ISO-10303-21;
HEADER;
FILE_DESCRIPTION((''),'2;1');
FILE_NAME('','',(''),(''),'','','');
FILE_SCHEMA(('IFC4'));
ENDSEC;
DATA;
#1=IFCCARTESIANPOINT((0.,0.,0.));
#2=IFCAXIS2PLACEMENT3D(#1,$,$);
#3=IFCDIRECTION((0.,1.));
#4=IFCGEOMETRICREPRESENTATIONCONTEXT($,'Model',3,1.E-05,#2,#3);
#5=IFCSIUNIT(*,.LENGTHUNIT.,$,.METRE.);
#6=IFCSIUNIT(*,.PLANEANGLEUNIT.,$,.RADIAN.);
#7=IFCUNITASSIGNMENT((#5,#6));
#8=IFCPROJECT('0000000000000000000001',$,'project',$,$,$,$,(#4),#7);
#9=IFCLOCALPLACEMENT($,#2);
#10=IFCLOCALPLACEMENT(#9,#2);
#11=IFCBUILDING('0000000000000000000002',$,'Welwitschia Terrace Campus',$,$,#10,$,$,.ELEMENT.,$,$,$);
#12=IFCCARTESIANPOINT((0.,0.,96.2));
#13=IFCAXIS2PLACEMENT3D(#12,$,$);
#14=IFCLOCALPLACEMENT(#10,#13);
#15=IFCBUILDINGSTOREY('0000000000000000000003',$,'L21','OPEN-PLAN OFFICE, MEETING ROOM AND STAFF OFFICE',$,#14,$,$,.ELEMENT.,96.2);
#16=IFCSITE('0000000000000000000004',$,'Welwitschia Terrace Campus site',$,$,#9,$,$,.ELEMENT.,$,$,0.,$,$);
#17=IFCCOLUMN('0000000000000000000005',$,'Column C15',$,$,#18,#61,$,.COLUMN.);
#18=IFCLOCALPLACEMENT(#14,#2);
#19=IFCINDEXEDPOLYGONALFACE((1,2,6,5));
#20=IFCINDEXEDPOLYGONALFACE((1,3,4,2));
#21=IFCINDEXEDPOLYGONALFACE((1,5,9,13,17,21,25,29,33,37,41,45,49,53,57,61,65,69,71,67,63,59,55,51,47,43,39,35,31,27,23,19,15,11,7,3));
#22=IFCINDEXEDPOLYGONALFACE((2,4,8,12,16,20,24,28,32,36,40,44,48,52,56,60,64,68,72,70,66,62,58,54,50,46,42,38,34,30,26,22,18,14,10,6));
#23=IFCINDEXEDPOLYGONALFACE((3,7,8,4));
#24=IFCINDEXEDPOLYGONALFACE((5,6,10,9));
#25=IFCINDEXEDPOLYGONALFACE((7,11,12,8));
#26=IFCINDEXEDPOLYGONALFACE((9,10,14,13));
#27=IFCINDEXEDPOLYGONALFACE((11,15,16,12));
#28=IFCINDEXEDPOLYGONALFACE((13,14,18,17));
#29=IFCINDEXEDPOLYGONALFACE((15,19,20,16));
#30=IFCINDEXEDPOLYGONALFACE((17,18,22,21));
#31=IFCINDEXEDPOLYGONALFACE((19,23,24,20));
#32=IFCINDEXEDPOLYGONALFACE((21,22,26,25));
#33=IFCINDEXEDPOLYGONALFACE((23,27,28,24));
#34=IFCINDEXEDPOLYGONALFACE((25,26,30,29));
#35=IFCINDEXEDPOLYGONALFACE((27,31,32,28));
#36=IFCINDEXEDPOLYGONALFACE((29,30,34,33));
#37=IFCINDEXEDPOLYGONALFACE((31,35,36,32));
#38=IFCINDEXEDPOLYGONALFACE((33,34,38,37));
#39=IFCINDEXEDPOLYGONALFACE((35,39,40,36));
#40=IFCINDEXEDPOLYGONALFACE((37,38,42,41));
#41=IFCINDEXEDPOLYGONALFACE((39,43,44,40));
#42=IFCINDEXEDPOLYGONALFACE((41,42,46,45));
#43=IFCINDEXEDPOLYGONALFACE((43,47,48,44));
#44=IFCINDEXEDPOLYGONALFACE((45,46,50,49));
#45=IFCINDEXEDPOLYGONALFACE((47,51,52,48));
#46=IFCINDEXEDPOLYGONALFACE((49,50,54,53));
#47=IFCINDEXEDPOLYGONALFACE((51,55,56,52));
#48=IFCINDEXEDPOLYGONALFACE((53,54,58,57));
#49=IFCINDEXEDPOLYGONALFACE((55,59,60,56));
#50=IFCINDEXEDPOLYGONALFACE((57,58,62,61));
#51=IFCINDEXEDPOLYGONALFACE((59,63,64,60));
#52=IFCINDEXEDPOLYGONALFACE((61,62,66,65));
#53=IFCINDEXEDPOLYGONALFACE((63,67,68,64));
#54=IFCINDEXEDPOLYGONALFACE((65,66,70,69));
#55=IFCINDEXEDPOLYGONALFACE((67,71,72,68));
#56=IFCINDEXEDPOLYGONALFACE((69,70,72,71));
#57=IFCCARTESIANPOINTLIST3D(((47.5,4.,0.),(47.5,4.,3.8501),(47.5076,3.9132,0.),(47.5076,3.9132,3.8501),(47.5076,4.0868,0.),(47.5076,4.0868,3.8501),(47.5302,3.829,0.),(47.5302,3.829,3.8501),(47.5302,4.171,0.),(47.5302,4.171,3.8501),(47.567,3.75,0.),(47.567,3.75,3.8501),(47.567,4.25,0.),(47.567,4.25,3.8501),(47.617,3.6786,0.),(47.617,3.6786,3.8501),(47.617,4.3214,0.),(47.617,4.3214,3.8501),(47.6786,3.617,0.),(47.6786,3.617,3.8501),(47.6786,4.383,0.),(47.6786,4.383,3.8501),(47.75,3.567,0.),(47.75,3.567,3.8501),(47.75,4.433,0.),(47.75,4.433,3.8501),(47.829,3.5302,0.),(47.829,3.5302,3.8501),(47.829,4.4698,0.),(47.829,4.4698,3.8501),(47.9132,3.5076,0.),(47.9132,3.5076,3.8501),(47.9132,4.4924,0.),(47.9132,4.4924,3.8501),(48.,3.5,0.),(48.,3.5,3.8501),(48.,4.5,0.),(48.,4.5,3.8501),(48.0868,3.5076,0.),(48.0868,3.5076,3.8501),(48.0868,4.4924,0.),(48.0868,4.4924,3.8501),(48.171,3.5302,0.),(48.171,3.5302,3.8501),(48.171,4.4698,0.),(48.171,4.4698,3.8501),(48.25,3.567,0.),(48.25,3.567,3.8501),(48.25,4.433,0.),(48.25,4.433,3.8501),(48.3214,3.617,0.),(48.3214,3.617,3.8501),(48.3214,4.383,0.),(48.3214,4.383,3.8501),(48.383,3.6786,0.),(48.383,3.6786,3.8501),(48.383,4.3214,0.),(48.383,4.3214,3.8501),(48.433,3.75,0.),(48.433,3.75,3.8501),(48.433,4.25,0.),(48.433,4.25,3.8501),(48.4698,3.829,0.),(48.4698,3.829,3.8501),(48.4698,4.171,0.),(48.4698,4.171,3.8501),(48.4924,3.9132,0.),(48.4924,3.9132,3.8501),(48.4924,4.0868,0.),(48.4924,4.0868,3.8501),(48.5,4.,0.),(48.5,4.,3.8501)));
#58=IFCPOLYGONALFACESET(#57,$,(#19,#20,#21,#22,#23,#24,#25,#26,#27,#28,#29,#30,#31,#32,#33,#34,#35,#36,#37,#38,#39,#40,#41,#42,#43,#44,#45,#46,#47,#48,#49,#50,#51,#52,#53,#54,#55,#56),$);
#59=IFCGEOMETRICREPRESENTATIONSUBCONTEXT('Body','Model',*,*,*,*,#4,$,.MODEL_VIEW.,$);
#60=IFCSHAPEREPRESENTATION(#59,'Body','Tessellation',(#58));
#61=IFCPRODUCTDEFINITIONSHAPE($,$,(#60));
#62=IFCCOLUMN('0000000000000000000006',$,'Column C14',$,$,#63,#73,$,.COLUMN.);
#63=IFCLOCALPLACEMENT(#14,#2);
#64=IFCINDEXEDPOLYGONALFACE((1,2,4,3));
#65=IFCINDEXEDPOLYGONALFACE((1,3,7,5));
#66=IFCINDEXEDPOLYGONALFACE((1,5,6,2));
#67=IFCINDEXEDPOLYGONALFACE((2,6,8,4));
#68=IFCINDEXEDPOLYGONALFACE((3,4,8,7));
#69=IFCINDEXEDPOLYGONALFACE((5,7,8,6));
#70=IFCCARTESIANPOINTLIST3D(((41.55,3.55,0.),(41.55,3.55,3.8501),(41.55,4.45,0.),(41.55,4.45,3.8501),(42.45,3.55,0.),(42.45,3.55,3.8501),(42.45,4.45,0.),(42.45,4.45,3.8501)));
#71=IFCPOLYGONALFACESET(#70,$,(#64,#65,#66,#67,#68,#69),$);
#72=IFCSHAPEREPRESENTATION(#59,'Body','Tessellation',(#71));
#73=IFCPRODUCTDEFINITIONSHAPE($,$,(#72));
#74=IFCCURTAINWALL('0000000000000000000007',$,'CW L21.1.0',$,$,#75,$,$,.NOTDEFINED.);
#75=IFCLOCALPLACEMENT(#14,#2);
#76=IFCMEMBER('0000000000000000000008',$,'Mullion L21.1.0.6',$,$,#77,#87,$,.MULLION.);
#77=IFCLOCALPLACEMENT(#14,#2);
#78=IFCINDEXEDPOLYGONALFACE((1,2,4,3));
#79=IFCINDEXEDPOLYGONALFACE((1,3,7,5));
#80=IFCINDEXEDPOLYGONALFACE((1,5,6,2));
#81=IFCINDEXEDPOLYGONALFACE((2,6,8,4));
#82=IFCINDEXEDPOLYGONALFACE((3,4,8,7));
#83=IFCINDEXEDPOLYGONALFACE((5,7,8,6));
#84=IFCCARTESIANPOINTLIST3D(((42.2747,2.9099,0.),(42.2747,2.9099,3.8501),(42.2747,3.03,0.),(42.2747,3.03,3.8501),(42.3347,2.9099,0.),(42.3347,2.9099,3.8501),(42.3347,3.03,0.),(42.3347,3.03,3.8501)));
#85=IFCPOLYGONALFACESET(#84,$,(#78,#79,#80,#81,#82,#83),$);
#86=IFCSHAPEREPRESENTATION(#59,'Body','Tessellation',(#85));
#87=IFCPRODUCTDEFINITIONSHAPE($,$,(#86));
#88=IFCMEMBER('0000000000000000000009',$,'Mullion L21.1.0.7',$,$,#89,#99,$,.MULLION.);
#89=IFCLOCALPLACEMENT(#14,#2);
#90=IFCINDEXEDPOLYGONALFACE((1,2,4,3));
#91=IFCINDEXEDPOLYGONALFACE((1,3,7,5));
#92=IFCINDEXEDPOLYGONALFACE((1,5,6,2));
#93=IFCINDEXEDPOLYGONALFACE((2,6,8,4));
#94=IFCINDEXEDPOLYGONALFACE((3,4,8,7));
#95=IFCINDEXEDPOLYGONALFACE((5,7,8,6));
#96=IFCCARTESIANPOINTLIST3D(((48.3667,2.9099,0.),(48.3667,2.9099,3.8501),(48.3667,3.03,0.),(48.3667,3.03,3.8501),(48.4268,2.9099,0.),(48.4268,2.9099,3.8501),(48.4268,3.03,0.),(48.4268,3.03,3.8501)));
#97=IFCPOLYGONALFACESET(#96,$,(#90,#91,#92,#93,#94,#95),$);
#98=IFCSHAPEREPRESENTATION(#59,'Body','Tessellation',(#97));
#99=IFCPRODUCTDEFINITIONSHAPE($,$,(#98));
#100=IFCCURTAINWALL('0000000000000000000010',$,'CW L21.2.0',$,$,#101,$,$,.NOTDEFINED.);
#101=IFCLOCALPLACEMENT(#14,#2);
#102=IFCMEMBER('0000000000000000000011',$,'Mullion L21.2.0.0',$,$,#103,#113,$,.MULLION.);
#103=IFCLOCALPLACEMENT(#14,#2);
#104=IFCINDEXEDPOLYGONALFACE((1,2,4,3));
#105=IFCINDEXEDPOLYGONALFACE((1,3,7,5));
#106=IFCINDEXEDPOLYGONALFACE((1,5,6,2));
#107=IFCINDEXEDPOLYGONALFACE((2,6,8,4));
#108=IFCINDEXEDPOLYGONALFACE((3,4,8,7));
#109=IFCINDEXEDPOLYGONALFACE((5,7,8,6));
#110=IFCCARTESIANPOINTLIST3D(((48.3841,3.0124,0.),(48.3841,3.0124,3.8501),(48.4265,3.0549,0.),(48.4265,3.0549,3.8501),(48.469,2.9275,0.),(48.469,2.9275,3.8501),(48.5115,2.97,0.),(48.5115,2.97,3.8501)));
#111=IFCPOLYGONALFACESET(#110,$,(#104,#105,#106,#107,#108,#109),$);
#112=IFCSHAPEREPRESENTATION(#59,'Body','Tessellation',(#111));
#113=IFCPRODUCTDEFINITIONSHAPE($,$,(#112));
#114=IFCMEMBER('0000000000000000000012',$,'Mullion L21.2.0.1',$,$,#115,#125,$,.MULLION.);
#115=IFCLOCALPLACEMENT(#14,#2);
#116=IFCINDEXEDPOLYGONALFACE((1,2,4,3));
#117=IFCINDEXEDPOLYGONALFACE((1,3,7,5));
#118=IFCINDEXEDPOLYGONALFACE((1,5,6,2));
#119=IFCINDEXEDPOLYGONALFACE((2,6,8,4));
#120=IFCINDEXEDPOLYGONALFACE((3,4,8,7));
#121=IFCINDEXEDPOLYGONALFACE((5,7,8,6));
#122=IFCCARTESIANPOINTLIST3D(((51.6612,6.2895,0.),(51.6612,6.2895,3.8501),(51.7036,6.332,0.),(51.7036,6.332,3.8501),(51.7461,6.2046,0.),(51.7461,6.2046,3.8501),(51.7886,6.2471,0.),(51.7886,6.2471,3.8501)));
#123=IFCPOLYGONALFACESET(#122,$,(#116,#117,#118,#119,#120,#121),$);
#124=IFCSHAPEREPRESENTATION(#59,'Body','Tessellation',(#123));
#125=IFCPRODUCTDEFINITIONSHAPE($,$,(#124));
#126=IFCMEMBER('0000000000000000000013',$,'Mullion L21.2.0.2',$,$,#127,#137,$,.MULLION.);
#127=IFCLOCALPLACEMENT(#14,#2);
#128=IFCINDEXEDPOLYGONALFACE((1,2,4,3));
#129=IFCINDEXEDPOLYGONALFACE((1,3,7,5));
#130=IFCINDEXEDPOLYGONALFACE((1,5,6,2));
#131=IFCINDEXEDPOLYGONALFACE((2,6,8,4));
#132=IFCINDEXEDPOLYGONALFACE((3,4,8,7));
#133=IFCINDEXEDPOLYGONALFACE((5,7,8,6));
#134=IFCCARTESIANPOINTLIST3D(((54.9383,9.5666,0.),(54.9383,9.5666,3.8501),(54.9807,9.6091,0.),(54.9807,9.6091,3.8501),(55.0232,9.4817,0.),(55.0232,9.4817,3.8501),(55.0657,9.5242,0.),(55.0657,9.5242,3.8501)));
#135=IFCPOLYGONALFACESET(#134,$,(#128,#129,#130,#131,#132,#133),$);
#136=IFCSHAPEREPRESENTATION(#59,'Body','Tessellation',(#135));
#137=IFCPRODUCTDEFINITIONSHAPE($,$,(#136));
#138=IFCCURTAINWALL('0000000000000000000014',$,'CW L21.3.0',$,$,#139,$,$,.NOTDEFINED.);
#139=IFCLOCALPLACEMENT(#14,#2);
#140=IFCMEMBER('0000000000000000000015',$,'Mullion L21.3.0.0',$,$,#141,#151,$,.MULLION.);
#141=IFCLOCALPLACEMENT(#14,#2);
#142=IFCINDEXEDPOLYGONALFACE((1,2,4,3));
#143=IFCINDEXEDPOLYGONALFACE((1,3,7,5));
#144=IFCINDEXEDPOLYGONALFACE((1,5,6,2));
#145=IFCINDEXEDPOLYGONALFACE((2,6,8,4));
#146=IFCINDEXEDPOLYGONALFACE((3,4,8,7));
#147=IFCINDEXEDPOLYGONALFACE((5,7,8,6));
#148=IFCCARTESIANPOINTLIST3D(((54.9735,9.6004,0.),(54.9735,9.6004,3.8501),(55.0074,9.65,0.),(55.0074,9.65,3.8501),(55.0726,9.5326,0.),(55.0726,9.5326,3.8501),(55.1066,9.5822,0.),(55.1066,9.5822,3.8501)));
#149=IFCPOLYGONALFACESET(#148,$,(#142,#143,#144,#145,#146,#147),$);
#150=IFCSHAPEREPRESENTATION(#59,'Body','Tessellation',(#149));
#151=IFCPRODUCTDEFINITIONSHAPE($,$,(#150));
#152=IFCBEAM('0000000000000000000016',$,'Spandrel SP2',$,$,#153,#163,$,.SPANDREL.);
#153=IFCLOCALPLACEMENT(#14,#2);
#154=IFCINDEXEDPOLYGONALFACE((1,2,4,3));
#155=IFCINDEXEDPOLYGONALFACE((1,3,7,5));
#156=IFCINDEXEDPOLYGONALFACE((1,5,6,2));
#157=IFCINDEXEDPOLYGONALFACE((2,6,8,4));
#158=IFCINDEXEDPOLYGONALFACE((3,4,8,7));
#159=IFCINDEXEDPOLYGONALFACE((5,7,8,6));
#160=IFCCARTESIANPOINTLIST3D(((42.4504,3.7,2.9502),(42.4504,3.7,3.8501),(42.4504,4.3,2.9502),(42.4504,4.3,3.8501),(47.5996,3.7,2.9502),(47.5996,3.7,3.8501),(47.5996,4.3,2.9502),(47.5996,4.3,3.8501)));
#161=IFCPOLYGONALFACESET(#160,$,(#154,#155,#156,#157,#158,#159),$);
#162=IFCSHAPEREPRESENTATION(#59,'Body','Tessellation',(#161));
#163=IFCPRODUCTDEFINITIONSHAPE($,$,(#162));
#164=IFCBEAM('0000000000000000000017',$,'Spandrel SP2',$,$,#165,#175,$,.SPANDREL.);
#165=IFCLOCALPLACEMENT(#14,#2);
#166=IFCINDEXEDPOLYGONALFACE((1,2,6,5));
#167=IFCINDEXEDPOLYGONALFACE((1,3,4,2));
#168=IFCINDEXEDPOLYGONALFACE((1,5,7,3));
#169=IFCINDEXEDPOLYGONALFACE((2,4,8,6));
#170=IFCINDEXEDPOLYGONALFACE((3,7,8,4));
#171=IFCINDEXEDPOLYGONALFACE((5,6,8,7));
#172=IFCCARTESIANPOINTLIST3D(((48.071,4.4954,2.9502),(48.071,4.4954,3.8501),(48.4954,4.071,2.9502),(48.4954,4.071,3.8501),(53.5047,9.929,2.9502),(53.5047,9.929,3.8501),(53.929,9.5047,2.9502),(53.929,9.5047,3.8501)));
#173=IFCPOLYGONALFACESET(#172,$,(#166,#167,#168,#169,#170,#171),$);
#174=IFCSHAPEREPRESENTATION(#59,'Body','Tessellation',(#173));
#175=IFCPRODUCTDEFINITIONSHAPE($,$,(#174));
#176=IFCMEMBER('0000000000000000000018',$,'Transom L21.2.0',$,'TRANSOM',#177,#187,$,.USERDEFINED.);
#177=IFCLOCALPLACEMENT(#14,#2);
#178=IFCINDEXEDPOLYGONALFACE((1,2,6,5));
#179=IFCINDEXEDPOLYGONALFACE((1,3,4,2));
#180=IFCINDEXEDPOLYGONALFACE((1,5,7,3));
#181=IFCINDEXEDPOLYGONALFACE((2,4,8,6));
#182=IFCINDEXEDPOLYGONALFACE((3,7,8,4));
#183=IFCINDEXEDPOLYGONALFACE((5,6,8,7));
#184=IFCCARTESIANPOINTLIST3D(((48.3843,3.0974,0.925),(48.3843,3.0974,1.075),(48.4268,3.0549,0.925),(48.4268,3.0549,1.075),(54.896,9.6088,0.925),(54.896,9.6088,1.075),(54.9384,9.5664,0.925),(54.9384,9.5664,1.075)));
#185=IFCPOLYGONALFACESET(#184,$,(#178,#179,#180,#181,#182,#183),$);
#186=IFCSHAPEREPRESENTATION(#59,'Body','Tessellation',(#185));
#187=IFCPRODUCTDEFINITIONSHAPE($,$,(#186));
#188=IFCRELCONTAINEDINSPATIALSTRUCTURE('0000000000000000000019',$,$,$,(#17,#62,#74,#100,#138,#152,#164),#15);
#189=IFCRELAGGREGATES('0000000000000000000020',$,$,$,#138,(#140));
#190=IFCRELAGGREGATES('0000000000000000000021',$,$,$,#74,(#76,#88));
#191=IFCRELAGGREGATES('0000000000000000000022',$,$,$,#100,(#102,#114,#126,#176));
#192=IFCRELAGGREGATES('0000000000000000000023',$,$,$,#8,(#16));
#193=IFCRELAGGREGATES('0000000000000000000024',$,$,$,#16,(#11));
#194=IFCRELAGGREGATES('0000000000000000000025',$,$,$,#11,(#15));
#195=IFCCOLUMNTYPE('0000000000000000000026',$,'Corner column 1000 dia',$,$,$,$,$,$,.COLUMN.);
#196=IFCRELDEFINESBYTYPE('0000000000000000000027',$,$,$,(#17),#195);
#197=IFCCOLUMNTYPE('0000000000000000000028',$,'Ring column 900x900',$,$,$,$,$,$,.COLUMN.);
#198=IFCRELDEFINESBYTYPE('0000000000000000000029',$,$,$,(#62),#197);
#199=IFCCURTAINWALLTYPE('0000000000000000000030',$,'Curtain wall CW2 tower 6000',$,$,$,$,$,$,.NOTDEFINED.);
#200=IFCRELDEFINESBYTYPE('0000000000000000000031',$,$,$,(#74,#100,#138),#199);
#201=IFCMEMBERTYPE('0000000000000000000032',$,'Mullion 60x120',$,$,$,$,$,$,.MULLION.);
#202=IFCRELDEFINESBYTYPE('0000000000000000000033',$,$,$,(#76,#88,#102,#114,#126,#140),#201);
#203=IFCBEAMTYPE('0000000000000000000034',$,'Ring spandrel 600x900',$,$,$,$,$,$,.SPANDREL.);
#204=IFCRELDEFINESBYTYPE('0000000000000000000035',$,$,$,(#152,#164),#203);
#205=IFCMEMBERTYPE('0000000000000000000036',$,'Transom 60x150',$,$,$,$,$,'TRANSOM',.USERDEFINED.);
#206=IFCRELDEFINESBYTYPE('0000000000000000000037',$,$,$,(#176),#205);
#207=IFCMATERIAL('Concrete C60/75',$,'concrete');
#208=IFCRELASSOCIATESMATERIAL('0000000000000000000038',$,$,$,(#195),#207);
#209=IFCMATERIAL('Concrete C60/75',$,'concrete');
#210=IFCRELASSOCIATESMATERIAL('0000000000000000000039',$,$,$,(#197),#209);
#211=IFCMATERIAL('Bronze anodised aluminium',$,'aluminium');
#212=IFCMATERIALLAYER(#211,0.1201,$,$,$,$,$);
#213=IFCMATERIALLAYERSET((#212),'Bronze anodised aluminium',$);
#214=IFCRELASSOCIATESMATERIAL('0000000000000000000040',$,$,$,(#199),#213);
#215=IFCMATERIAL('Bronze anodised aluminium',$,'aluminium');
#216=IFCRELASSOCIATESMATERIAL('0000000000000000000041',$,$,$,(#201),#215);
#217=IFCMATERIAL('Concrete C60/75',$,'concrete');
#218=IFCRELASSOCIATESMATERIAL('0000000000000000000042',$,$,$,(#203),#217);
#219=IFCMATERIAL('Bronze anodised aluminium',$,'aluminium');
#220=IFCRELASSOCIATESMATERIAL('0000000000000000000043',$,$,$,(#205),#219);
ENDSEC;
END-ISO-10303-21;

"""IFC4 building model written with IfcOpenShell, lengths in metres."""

from ifc_helpers import new_model, si_unit, direction, frame, origin, origin_2d, place, context, subcontext, project, spatial, rectangle, circle, extrude, material, layer, layer_set, material_profile, profile_set, type_object, element, aggregate, save


model = new_model("IFC4")

# Units and contexts
model_context = context("Model", 3, precision=1e-05, world=origin(), true_north=direction((0.0, 1.0)))
body_context = subcontext(model_context, "Body", "Model", "MODEL_VIEW")
ifc_project = project(units=[si_unit("LENGTHUNIT", "METRE"), si_unit("PLANEANGLEUNIT", "RADIAN")], contexts=[model_context])

# Site, building, storey
site_placement = place(None, origin())
site = spatial("IfcSite", under=ifc_project, at=site_placement, Name="Welwitschia Terrace Campus site", CompositionType="ELEMENT", RefElevation=0.0)
building_placement = place(site_placement, origin())
building = spatial("IfcBuilding", under=site, at=building_placement, Name="Welwitschia Terrace Campus", CompositionType="ELEMENT")
storey_placement = place(building_placement, frame((0.0, 0.0, 96.2)))
storey = spatial("IfcBuildingStorey", under=building, at=storey_placement, Name="L21", Description="OPEN-PLAN OFFICE, MEETING ROOM AND STAFF OFFICE", CompositionType="ELEMENT", Elevation=96.2)

# Columns
ifc_material_1 = material(Name="Concrete C60/75", Category="concrete")
ifc_material_profile_1 = material_profile(ifc_material_1, circle(Radius=0.5, at=origin_2d()))
ifc_profile_set_1 = profile_set([ifc_material_profile_1], Name="Concrete C60/75")
column_type_1 = type_object("IfcColumnType", Name="Corner column 1000 dia", PredefinedType="COLUMN", material=ifc_profile_set_1)
column_1_placement = place(storey_placement, frame((48.0, 4.0, 0.0), z_axis=(0.0, 0.0, 1.0), x_axis=(1.0, 0.0, 0.0)))
element("IfcColumn", 1, at=column_1_placement, inside=storey, type_object=column_type_1, Name="Column C15", PredefinedType="COLUMN", context=body_context, shape_type="SweptSolid", body=[
    extrude(circle(Radius=0.5, at=origin_2d()), origin(), (0.0, 0.0, 1.0), 3.8501),
])
ifc_material_2 = material(Name="Concrete C60/75", Category="concrete")
ifc_material_profile_2 = material_profile(ifc_material_2, rectangle(XDim=0.8999, YDim=0.8999, at=origin_2d()))
ifc_profile_set_2 = profile_set([ifc_material_profile_2], Name="Concrete C60/75")
column_type_2 = type_object("IfcColumnType", Name="Ring column 900x900", PredefinedType="COLUMN", material=ifc_profile_set_2)
column_2_placement = place(storey_placement, frame((42.0, 4.0, 0.0), z_axis=(0.0, 0.0, 1.0), x_axis=(1.0, 0.0, 0.0)))
element("IfcColumn", 2, at=column_2_placement, inside=storey, type_object=column_type_2, Name="Column C14", PredefinedType="COLUMN", context=body_context, shape_type="SweptSolid", body=[
    extrude(rectangle(XDim=0.8999, YDim=0.8999, at=origin_2d()), origin(), (0.0, 0.0, 1.0), 3.8501),
])

# Curtain walls, members
ifc_material_3 = material(Name="Bronze anodised aluminium", Category="aluminium")
ifc_layer_1 = layer(ifc_material_3, 0.1201)
ifc_layer_set_1 = layer_set([ifc_layer_1], Name="Bronze anodised aluminium")
curtain_wall_type = type_object("IfcCurtainWallType", Name="Curtain wall CW2 tower 6000", PredefinedType="NOTDEFINED", material=ifc_layer_set_1)
curtain_wall_1_placement = place(storey_placement, origin())
curtain_wall_1 = element("IfcCurtainWall", 3, at=curtain_wall_1_placement, inside=storey, type_object=curtain_wall_type, Name="CW L21.1.0", PredefinedType="NOTDEFINED")
ifc_material_4 = material(Name="Bronze anodised aluminium", Category="aluminium")
ifc_material_profile_3 = material_profile(ifc_material_4, rectangle(XDim=0.1201, YDim=0.0601, at=origin_2d()))
ifc_profile_set_3 = profile_set([ifc_material_profile_3], Name="Bronze anodised aluminium")
member_type_1 = type_object("IfcMemberType", Name="Mullion 60x120", PredefinedType="MULLION", material=ifc_profile_set_3)
member_1_placement = place(storey_placement, frame((42.3047, 2.97, 0.0), z_axis=(0.0, 0.0, 1.0), x_axis=(0.0, 1.0, 0.0)))
member_1 = element("IfcMember", 4, at=member_1_placement, type_object=member_type_1, Name="Mullion L21.1.0.6", PredefinedType="MULLION", context=body_context, shape_type="SweptSolid", body=[
    extrude(rectangle(XDim=0.1201, YDim=0.0601, at=origin_2d()), origin(), (0.0, 0.0, 1.0), 3.8501),
])
member_2_placement = place(storey_placement, frame((48.3967, 2.97, 0.0), z_axis=(0.0, 0.0, 1.0), x_axis=(0.0, 1.0, 0.0)))
member_2 = element("IfcMember", 5, at=member_2_placement, type_object=member_type_1, Name="Mullion L21.1.0.7", PredefinedType="MULLION", context=body_context, shape_type="SweptSolid", body=[
    extrude(rectangle(XDim=0.1201, YDim=0.0601, at=origin_2d()), origin(), (0.0, 0.0, 1.0), 3.8501),
])
curtain_wall_2_placement = place(storey_placement, origin())
curtain_wall_2 = element("IfcCurtainWall", 6, at=curtain_wall_2_placement, inside=storey, type_object=curtain_wall_type, Name="CW L21.2.0", PredefinedType="NOTDEFINED")
member_3_placement = place(storey_placement, frame((48.4478, 2.9912, 0.0), z_axis=(0.0, 0.0, 1.0), x_axis=(-0.707107, 0.707107, 0.0)))
member_3 = element("IfcMember", 7, at=member_3_placement, type_object=member_type_1, Name="Mullion L21.2.0.0", PredefinedType="MULLION", context=body_context, shape_type="SweptSolid", body=[
    extrude(rectangle(XDim=0.1201, YDim=0.0601, at=origin_2d()), origin(), (0.0, 0.0, 1.0), 3.8501),
])
member_4_placement = place(storey_placement, frame((51.7249, 6.2683, 0.0), z_axis=(0.0, 0.0, 1.0), x_axis=(-0.707107, 0.707107, 0.0)))
member_4 = element("IfcMember", 8, at=member_4_placement, type_object=member_type_1, Name="Mullion L21.2.0.1", PredefinedType="MULLION", context=body_context, shape_type="SweptSolid", body=[
    extrude(rectangle(XDim=0.1201, YDim=0.0601, at=origin_2d()), origin(), (0.0, 0.0, 1.0), 3.8501),
])
member_5_placement = place(storey_placement, frame((55.002, 9.5454, 0.0), z_axis=(0.0, 0.0, 1.0), x_axis=(-0.707107, 0.707107, 0.0)))
member_5 = element("IfcMember", 9, at=member_5_placement, type_object=member_type_1, Name="Mullion L21.2.0.2", PredefinedType="MULLION", context=body_context, shape_type="SweptSolid", body=[
    extrude(rectangle(XDim=0.1201, YDim=0.0601, at=origin_2d()), origin(), (0.0, 0.0, 1.0), 3.8501),
])

# Curtain wall, member
curtain_wall_3_placement = place(storey_placement, origin())
curtain_wall_3 = element("IfcCurtainWall", 10, at=curtain_wall_3_placement, inside=storey, type_object=curtain_wall_type, Name="CW L21.3.0", PredefinedType="NOTDEFINED")
member_6_placement = place(storey_placement, frame((55.04, 9.5913, 0.0), z_axis=(0.0, 0.0, 1.0), x_axis=(-0.825316, 0.564671, 0.0)))
member_6 = element("IfcMember", 11, at=member_6_placement, type_object=member_type_1, Name="Mullion L21.3.0.0", PredefinedType="MULLION", context=body_context, shape_type="SweptSolid", body=[
    extrude(rectangle(XDim=0.1201, YDim=0.0601, at=origin_2d()), origin(), (0.0, 0.0, 1.0), 3.8501),
])

# Beams
ifc_material_5 = material(Name="Concrete C60/75", Category="concrete")
ifc_material_profile_4 = material_profile(ifc_material_5, rectangle(XDim=0.6001, YDim=0.8999, at=origin_2d()))
ifc_profile_set_4 = profile_set([ifc_material_profile_4], Name="Concrete C60/75")
beam_type = type_object("IfcBeamType", Name="Ring spandrel 600x900", PredefinedType="SPANDREL", material=ifc_profile_set_4)
beam_1_placement = place(storey_placement, frame((42.4504, 4.0, 3.4001), z_axis=(1.0, 0.0, 0.0), x_axis=(0.0, 1.0, 0.0)))
element("IfcBeam", 12, at=beam_1_placement, inside=storey, type_object=beam_type, Name="Spandrel SP2", PredefinedType="SPANDREL", context=body_context, shape_type="SweptSolid", body=[
    extrude(rectangle(XDim=0.6001, YDim=0.8999, at=origin_2d()), origin(), (0.0, 0.0, 1.0), 5.1492),
])
beam_2_placement = place(storey_placement, frame((48.2832, 4.2832, 3.4001), z_axis=(0.707107, 0.707107, 0.0), x_axis=(-0.707107, 0.707107, 0.0)))
element("IfcBeam", 13, at=beam_2_placement, inside=storey, type_object=beam_type, Name="Spandrel SP2", PredefinedType="SPANDREL", context=body_context, shape_type="SweptSolid", body=[
    extrude(rectangle(XDim=0.6001, YDim=0.8999, at=origin_2d()), origin(), (0.0, 0.0, 1.0), 7.6843),
])

# Member
ifc_material_6 = material(Name="Bronze anodised aluminium", Category="aluminium")
ifc_material_profile_5 = material_profile(ifc_material_6, rectangle(XDim=0.0601, YDim=0.1499, at=origin_2d()))
ifc_profile_set_5 = profile_set([ifc_material_profile_5], Name="Bronze anodised aluminium")
member_type_2 = type_object("IfcMemberType", Name="Transom 60x150", ElementType="TRANSOM", PredefinedType="USERDEFINED", material=ifc_profile_set_5)
member_7_placement = place(storey_placement, frame((48.4055, 3.0762, 1.0), z_axis=(0.70712, 0.707094, 0.0), x_axis=(-0.707094, 0.70712, 0.0)))
member_7 = element("IfcMember", 14, at=member_7_placement, type_object=member_type_2, Name="Transom L21.2.0", ObjectType="TRANSOM", PredefinedType="USERDEFINED", context=body_context, shape_type="SweptSolid", body=[
    extrude(rectangle(XDim=0.0601, YDim=0.1499, at=origin_2d()), origin(), (0.0, 0.0, 1.0), 9.2087),
])
aggregate(curtain_wall_3, [member_6])

aggregate(curtain_wall_1, [member_1, member_2])
aggregate(curtain_wall_2, [member_3, member_4, member_5, member_7])

save(model, "model.ifc")
